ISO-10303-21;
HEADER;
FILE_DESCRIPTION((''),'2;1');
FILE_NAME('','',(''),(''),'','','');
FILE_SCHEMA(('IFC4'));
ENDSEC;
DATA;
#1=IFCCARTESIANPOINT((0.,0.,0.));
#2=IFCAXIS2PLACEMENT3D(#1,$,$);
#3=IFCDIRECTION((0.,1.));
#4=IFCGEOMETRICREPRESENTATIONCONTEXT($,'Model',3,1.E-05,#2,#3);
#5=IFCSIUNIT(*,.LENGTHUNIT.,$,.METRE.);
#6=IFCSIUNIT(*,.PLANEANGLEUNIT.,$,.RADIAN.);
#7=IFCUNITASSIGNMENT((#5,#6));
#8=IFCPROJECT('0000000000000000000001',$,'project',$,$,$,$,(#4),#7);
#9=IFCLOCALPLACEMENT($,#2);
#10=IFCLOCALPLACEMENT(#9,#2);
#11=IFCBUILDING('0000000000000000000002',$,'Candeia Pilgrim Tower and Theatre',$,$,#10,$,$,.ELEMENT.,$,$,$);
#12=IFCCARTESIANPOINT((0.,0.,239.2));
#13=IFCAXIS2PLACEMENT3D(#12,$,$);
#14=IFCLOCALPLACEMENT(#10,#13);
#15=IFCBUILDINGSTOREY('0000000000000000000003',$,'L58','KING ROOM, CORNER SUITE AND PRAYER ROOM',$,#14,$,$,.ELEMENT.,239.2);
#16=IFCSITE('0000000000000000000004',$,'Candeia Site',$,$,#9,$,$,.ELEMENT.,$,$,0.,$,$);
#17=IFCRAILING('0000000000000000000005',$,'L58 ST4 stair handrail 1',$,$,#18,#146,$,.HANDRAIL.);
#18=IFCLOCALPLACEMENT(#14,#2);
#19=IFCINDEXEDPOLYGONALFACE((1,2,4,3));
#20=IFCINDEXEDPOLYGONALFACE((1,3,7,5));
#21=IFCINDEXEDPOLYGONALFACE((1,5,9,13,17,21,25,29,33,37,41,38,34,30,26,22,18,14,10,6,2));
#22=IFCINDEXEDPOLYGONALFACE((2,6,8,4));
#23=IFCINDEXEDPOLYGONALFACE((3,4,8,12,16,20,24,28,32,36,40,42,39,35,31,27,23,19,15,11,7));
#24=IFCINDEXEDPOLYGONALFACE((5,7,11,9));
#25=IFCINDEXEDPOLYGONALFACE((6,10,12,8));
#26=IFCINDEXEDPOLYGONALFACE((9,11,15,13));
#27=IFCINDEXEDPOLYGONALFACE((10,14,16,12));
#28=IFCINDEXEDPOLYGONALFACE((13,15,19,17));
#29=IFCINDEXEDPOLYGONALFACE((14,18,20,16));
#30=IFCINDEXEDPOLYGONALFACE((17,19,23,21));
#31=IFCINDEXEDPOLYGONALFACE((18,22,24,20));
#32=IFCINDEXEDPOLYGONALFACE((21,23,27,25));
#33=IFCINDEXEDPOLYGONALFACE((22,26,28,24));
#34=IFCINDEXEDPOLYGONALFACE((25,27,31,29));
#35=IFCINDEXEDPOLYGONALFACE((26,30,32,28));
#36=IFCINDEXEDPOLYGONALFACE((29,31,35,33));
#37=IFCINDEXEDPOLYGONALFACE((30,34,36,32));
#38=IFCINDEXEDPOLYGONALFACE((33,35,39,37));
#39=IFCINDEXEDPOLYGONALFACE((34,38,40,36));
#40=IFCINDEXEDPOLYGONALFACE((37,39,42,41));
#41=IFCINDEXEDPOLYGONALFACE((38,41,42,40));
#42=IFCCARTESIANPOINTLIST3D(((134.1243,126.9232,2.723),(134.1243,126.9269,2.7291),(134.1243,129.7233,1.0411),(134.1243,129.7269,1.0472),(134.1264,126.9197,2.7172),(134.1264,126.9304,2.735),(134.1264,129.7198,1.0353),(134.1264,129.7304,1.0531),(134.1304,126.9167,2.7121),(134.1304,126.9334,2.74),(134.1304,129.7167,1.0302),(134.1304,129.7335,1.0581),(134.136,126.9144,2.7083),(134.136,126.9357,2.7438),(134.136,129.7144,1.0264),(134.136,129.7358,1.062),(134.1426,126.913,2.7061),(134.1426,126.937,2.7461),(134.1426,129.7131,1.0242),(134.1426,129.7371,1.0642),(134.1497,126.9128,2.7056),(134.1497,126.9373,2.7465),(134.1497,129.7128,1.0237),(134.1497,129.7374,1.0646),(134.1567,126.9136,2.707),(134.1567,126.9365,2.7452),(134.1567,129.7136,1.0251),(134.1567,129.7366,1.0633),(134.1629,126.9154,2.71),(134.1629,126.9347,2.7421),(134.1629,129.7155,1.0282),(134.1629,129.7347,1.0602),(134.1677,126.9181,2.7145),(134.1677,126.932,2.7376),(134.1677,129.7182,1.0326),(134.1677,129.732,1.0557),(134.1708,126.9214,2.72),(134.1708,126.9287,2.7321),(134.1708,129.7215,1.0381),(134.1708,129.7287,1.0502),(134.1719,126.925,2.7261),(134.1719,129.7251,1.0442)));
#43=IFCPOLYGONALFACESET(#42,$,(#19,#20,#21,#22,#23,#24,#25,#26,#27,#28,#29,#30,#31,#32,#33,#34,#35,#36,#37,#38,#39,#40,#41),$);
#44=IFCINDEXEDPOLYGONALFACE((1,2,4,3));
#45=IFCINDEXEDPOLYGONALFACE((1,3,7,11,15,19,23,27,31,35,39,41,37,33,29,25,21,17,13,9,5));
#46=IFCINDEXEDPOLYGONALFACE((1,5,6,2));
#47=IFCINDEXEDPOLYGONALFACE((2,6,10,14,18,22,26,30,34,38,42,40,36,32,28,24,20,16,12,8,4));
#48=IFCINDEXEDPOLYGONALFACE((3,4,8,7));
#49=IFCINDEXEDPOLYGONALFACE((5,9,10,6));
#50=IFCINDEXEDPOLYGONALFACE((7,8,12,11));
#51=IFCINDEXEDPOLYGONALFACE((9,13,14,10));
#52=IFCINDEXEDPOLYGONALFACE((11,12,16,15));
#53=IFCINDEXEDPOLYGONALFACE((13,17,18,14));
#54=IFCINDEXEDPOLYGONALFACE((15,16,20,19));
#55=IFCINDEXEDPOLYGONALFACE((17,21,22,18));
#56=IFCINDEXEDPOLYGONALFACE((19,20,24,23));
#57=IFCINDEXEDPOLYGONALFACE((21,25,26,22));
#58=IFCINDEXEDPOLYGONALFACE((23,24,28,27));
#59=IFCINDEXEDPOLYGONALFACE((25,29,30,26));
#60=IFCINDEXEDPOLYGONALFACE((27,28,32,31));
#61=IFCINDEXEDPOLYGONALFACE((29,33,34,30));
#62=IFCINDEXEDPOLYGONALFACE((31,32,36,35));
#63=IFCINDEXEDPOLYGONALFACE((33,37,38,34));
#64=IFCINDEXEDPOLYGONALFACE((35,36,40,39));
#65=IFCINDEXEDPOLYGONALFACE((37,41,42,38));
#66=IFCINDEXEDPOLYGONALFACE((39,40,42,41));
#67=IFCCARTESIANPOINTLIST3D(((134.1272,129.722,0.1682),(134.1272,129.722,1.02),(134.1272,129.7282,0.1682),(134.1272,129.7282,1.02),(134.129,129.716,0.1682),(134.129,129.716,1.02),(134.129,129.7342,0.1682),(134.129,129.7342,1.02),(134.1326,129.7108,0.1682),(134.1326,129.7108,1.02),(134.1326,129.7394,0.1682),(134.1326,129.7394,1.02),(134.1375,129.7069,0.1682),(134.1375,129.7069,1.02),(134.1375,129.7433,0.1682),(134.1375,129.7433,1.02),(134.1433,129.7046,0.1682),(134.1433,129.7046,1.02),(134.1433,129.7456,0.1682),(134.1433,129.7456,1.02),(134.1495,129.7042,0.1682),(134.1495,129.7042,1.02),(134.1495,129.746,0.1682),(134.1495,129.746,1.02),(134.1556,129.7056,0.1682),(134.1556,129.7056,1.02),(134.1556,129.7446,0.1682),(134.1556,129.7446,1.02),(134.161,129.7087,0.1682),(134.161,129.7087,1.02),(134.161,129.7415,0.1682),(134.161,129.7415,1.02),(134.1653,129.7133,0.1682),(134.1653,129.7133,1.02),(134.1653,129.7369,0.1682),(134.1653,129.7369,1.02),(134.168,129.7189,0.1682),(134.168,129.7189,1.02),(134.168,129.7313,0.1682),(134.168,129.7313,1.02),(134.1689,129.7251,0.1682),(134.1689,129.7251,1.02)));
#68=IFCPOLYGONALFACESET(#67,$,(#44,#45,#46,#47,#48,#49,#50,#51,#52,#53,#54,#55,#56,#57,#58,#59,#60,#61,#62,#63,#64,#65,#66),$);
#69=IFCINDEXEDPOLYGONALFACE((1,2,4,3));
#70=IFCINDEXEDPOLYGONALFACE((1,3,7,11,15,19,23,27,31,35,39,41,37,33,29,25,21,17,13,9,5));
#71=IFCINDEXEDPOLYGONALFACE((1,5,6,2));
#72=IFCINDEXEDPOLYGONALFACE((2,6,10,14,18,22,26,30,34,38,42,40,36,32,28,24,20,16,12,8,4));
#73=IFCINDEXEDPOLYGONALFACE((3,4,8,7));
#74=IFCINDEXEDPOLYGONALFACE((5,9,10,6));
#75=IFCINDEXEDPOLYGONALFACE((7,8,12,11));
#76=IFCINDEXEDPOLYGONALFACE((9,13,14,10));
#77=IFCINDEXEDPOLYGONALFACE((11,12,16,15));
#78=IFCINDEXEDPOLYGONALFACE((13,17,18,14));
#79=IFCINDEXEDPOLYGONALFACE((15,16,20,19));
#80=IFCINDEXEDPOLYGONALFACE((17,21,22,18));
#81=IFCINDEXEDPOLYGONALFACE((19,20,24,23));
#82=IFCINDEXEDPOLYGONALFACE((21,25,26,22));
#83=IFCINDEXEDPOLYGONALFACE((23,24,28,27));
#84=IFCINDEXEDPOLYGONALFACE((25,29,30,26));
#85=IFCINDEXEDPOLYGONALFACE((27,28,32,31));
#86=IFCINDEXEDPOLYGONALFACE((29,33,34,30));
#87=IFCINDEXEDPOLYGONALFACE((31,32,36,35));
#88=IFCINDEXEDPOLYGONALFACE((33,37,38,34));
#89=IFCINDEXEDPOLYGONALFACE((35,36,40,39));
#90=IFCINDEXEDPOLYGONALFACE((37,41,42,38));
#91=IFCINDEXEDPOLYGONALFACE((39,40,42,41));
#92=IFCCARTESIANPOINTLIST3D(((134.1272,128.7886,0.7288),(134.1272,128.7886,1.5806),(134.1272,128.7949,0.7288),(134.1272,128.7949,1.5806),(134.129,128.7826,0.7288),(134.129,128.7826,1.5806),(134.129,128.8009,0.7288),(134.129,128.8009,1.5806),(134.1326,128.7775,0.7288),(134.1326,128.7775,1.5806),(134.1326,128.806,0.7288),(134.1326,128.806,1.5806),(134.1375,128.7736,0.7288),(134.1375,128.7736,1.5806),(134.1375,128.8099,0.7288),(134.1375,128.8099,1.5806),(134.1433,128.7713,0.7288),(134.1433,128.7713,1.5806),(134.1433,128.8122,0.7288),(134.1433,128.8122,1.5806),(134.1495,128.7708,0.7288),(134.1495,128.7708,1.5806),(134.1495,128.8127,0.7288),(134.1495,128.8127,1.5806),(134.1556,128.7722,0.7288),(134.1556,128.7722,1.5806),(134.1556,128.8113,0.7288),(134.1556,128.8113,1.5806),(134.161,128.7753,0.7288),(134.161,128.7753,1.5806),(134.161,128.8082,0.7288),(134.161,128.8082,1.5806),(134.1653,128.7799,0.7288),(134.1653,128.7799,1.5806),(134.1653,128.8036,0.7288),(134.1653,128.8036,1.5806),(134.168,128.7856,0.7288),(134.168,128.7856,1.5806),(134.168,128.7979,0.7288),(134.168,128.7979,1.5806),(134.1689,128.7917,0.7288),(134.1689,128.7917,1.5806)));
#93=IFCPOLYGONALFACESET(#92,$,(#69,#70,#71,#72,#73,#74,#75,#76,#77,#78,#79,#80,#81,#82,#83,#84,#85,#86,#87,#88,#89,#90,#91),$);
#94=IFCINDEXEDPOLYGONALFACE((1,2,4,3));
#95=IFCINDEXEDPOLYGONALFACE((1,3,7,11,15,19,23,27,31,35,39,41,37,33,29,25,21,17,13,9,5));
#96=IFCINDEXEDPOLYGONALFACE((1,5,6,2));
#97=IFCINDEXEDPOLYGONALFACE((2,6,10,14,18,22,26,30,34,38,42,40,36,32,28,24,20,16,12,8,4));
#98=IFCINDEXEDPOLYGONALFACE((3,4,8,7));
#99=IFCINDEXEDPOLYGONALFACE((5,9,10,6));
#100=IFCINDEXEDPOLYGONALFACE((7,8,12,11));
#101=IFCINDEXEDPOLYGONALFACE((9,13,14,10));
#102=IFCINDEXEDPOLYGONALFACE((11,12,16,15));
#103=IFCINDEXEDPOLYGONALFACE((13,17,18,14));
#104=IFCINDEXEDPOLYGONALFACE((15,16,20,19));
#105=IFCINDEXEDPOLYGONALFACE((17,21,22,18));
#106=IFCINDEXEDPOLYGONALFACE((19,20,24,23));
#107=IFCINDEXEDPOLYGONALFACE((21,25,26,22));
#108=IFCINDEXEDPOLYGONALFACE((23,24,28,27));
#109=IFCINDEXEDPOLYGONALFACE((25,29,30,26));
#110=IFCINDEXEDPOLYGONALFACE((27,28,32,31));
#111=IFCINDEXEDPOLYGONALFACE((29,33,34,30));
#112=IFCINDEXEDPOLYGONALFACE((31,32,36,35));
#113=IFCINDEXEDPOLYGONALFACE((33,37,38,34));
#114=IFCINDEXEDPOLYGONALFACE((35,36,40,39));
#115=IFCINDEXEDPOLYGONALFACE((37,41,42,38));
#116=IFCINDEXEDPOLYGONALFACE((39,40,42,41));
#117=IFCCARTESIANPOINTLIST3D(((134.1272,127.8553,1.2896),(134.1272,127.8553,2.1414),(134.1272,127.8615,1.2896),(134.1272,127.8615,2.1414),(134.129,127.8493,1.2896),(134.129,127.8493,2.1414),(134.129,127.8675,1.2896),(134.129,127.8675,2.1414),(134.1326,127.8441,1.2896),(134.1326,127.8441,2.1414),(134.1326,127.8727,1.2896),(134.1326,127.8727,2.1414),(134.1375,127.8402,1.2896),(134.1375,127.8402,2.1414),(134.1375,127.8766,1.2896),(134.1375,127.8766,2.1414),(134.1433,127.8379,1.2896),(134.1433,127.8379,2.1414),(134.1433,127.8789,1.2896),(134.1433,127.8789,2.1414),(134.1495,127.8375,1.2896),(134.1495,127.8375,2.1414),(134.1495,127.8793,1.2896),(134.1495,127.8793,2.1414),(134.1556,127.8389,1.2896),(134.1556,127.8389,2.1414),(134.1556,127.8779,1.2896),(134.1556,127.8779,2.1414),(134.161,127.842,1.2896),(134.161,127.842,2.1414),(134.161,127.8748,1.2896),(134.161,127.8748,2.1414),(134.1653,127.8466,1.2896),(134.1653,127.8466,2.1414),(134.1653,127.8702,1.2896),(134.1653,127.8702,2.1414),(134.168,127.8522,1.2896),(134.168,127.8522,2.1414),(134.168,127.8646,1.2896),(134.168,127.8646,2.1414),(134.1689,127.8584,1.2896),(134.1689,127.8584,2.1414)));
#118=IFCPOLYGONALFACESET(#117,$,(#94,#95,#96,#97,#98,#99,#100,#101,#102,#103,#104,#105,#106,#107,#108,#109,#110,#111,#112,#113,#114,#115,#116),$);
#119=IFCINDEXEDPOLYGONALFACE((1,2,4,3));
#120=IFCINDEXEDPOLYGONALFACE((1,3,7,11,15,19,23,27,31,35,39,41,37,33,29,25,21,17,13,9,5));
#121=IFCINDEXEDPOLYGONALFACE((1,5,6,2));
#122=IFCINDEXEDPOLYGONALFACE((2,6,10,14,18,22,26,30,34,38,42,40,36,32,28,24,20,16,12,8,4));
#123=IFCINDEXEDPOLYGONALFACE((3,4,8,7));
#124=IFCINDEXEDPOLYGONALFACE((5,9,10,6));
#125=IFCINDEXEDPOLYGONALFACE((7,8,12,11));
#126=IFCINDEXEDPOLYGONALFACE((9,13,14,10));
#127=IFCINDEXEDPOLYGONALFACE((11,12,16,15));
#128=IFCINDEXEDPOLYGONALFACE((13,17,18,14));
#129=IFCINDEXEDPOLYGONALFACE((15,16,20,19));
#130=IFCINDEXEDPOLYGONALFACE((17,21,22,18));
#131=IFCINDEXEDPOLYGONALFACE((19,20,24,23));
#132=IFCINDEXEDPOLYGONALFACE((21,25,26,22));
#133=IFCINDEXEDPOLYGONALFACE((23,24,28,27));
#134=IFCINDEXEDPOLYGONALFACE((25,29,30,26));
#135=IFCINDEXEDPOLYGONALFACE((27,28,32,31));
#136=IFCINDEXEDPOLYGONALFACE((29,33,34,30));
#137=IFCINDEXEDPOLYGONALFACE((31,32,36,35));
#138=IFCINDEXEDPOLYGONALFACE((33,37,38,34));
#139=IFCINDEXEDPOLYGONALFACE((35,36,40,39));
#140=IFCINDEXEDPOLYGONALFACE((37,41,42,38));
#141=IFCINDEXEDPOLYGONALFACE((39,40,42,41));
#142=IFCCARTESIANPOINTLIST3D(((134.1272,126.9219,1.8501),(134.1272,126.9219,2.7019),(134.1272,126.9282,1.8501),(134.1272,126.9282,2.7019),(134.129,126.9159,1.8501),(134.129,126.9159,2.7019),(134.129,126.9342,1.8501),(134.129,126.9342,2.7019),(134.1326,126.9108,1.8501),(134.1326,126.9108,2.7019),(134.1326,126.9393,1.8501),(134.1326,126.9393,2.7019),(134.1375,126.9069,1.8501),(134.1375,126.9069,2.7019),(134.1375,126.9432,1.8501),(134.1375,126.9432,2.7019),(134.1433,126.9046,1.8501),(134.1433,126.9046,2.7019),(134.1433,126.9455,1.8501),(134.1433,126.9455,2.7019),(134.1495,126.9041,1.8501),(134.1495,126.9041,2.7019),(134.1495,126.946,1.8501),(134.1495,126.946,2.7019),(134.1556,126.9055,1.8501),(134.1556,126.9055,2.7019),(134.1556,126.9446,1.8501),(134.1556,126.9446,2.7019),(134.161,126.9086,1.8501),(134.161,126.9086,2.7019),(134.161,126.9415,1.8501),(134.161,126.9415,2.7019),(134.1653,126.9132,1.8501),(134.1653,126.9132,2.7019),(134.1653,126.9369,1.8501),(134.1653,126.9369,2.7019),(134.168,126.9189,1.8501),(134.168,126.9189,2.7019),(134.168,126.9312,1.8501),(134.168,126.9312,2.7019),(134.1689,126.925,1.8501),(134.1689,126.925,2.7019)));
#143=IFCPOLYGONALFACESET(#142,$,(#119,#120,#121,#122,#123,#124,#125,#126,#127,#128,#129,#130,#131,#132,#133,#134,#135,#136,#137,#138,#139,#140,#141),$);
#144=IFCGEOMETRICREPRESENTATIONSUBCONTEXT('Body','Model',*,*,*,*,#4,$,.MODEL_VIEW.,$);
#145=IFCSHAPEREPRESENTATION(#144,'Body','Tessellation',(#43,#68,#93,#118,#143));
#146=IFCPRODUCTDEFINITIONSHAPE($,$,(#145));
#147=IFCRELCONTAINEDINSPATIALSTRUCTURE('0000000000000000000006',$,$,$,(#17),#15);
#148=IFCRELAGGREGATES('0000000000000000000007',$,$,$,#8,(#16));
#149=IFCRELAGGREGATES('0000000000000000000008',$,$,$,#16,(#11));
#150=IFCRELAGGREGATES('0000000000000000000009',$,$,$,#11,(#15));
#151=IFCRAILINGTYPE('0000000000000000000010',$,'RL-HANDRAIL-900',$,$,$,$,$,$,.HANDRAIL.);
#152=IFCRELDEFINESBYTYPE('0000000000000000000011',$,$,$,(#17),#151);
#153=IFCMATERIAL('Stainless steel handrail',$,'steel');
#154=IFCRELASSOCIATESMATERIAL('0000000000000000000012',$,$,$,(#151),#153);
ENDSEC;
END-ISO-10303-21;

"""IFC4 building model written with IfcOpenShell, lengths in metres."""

from ifc_helpers import new_model, si_unit, direction, frame, origin, origin_2d, place, context, subcontext, project, spatial, circle, extrude, material, type_object, element, save


model = new_model("IFC4")

# Units and contexts
model_context = context("Model", 3, precision=1e-05, world=origin(), true_north=direction((0.0, 1.0)))
body_context = subcontext(model_context, "Body", "Model", "MODEL_VIEW")
ifc_project = project(units=[si_unit("LENGTHUNIT", "METRE"), si_unit("PLANEANGLEUNIT", "RADIAN")], contexts=[model_context])

# Site, building, storey
site_placement = place(None, origin())
site = spatial("IfcSite", under=ifc_project, at=site_placement, Name="Candeia Site", CompositionType="ELEMENT", RefElevation=0.0)
building_placement = place(site_placement, origin())
building = spatial("IfcBuilding", under=site, at=building_placement, Name="Candeia Pilgrim Tower and Theatre", CompositionType="ELEMENT")
storey_placement = place(building_placement, frame((0.0, 0.0, 239.2)))
storey = spatial("IfcBuildingStorey", under=building, at=storey_placement, Name="L58", Description="KING ROOM, CORNER SUITE AND PRAYER ROOM", CompositionType="ELEMENT", Elevation=239.2)

# Railing
ifc_material_1 = material(Name="Stainless steel handrail", Category="steel")
railing_type_1 = type_object("IfcRailingType", Name="RL-HANDRAIL-900", PredefinedType="HANDRAIL", material=ifc_material_1)
railing_1_placement = place(storey_placement, frame((134.1479, 129.7251, 0.1682)))
element("IfcRailing", 1, at=railing_1_placement, inside=storey, type_object=railing_type_1, Name="L58 ST4 stair handrail 1", PredefinedType="HANDRAIL", context=body_context, shape_type="SweptSolid", body=[
    extrude(circle(Radius=0.0239, at=origin_2d()), frame((0.0, 0.0, 0.876), z_axis=(0.0, -0.857242, 0.514913), x_axis=(1.0, 0.0, 0.0)), (0.0, 0.0, 1.0), 3.2664),
    extrude(circle(Radius=0.021, at=origin_2d()), origin(), (0.0, 0.0, 1.0), 0.8518),
    extrude(circle(Radius=0.021, at=origin_2d()), frame((0.0, -0.9333, 0.5605)), (0.0, 0.0, 1.0), 0.8518),
    extrude(circle(Radius=0.021, at=origin_2d()), frame((0.0, -1.8667, 1.1213)), (0.0, 0.0, 1.0), 0.8518),
    extrude(circle(Radius=0.021, at=origin_2d()), frame((0.0, -2.8, 1.6819)), (0.0, 0.0, 1.0), 0.8518),
])

save(model, "model.ifc")
